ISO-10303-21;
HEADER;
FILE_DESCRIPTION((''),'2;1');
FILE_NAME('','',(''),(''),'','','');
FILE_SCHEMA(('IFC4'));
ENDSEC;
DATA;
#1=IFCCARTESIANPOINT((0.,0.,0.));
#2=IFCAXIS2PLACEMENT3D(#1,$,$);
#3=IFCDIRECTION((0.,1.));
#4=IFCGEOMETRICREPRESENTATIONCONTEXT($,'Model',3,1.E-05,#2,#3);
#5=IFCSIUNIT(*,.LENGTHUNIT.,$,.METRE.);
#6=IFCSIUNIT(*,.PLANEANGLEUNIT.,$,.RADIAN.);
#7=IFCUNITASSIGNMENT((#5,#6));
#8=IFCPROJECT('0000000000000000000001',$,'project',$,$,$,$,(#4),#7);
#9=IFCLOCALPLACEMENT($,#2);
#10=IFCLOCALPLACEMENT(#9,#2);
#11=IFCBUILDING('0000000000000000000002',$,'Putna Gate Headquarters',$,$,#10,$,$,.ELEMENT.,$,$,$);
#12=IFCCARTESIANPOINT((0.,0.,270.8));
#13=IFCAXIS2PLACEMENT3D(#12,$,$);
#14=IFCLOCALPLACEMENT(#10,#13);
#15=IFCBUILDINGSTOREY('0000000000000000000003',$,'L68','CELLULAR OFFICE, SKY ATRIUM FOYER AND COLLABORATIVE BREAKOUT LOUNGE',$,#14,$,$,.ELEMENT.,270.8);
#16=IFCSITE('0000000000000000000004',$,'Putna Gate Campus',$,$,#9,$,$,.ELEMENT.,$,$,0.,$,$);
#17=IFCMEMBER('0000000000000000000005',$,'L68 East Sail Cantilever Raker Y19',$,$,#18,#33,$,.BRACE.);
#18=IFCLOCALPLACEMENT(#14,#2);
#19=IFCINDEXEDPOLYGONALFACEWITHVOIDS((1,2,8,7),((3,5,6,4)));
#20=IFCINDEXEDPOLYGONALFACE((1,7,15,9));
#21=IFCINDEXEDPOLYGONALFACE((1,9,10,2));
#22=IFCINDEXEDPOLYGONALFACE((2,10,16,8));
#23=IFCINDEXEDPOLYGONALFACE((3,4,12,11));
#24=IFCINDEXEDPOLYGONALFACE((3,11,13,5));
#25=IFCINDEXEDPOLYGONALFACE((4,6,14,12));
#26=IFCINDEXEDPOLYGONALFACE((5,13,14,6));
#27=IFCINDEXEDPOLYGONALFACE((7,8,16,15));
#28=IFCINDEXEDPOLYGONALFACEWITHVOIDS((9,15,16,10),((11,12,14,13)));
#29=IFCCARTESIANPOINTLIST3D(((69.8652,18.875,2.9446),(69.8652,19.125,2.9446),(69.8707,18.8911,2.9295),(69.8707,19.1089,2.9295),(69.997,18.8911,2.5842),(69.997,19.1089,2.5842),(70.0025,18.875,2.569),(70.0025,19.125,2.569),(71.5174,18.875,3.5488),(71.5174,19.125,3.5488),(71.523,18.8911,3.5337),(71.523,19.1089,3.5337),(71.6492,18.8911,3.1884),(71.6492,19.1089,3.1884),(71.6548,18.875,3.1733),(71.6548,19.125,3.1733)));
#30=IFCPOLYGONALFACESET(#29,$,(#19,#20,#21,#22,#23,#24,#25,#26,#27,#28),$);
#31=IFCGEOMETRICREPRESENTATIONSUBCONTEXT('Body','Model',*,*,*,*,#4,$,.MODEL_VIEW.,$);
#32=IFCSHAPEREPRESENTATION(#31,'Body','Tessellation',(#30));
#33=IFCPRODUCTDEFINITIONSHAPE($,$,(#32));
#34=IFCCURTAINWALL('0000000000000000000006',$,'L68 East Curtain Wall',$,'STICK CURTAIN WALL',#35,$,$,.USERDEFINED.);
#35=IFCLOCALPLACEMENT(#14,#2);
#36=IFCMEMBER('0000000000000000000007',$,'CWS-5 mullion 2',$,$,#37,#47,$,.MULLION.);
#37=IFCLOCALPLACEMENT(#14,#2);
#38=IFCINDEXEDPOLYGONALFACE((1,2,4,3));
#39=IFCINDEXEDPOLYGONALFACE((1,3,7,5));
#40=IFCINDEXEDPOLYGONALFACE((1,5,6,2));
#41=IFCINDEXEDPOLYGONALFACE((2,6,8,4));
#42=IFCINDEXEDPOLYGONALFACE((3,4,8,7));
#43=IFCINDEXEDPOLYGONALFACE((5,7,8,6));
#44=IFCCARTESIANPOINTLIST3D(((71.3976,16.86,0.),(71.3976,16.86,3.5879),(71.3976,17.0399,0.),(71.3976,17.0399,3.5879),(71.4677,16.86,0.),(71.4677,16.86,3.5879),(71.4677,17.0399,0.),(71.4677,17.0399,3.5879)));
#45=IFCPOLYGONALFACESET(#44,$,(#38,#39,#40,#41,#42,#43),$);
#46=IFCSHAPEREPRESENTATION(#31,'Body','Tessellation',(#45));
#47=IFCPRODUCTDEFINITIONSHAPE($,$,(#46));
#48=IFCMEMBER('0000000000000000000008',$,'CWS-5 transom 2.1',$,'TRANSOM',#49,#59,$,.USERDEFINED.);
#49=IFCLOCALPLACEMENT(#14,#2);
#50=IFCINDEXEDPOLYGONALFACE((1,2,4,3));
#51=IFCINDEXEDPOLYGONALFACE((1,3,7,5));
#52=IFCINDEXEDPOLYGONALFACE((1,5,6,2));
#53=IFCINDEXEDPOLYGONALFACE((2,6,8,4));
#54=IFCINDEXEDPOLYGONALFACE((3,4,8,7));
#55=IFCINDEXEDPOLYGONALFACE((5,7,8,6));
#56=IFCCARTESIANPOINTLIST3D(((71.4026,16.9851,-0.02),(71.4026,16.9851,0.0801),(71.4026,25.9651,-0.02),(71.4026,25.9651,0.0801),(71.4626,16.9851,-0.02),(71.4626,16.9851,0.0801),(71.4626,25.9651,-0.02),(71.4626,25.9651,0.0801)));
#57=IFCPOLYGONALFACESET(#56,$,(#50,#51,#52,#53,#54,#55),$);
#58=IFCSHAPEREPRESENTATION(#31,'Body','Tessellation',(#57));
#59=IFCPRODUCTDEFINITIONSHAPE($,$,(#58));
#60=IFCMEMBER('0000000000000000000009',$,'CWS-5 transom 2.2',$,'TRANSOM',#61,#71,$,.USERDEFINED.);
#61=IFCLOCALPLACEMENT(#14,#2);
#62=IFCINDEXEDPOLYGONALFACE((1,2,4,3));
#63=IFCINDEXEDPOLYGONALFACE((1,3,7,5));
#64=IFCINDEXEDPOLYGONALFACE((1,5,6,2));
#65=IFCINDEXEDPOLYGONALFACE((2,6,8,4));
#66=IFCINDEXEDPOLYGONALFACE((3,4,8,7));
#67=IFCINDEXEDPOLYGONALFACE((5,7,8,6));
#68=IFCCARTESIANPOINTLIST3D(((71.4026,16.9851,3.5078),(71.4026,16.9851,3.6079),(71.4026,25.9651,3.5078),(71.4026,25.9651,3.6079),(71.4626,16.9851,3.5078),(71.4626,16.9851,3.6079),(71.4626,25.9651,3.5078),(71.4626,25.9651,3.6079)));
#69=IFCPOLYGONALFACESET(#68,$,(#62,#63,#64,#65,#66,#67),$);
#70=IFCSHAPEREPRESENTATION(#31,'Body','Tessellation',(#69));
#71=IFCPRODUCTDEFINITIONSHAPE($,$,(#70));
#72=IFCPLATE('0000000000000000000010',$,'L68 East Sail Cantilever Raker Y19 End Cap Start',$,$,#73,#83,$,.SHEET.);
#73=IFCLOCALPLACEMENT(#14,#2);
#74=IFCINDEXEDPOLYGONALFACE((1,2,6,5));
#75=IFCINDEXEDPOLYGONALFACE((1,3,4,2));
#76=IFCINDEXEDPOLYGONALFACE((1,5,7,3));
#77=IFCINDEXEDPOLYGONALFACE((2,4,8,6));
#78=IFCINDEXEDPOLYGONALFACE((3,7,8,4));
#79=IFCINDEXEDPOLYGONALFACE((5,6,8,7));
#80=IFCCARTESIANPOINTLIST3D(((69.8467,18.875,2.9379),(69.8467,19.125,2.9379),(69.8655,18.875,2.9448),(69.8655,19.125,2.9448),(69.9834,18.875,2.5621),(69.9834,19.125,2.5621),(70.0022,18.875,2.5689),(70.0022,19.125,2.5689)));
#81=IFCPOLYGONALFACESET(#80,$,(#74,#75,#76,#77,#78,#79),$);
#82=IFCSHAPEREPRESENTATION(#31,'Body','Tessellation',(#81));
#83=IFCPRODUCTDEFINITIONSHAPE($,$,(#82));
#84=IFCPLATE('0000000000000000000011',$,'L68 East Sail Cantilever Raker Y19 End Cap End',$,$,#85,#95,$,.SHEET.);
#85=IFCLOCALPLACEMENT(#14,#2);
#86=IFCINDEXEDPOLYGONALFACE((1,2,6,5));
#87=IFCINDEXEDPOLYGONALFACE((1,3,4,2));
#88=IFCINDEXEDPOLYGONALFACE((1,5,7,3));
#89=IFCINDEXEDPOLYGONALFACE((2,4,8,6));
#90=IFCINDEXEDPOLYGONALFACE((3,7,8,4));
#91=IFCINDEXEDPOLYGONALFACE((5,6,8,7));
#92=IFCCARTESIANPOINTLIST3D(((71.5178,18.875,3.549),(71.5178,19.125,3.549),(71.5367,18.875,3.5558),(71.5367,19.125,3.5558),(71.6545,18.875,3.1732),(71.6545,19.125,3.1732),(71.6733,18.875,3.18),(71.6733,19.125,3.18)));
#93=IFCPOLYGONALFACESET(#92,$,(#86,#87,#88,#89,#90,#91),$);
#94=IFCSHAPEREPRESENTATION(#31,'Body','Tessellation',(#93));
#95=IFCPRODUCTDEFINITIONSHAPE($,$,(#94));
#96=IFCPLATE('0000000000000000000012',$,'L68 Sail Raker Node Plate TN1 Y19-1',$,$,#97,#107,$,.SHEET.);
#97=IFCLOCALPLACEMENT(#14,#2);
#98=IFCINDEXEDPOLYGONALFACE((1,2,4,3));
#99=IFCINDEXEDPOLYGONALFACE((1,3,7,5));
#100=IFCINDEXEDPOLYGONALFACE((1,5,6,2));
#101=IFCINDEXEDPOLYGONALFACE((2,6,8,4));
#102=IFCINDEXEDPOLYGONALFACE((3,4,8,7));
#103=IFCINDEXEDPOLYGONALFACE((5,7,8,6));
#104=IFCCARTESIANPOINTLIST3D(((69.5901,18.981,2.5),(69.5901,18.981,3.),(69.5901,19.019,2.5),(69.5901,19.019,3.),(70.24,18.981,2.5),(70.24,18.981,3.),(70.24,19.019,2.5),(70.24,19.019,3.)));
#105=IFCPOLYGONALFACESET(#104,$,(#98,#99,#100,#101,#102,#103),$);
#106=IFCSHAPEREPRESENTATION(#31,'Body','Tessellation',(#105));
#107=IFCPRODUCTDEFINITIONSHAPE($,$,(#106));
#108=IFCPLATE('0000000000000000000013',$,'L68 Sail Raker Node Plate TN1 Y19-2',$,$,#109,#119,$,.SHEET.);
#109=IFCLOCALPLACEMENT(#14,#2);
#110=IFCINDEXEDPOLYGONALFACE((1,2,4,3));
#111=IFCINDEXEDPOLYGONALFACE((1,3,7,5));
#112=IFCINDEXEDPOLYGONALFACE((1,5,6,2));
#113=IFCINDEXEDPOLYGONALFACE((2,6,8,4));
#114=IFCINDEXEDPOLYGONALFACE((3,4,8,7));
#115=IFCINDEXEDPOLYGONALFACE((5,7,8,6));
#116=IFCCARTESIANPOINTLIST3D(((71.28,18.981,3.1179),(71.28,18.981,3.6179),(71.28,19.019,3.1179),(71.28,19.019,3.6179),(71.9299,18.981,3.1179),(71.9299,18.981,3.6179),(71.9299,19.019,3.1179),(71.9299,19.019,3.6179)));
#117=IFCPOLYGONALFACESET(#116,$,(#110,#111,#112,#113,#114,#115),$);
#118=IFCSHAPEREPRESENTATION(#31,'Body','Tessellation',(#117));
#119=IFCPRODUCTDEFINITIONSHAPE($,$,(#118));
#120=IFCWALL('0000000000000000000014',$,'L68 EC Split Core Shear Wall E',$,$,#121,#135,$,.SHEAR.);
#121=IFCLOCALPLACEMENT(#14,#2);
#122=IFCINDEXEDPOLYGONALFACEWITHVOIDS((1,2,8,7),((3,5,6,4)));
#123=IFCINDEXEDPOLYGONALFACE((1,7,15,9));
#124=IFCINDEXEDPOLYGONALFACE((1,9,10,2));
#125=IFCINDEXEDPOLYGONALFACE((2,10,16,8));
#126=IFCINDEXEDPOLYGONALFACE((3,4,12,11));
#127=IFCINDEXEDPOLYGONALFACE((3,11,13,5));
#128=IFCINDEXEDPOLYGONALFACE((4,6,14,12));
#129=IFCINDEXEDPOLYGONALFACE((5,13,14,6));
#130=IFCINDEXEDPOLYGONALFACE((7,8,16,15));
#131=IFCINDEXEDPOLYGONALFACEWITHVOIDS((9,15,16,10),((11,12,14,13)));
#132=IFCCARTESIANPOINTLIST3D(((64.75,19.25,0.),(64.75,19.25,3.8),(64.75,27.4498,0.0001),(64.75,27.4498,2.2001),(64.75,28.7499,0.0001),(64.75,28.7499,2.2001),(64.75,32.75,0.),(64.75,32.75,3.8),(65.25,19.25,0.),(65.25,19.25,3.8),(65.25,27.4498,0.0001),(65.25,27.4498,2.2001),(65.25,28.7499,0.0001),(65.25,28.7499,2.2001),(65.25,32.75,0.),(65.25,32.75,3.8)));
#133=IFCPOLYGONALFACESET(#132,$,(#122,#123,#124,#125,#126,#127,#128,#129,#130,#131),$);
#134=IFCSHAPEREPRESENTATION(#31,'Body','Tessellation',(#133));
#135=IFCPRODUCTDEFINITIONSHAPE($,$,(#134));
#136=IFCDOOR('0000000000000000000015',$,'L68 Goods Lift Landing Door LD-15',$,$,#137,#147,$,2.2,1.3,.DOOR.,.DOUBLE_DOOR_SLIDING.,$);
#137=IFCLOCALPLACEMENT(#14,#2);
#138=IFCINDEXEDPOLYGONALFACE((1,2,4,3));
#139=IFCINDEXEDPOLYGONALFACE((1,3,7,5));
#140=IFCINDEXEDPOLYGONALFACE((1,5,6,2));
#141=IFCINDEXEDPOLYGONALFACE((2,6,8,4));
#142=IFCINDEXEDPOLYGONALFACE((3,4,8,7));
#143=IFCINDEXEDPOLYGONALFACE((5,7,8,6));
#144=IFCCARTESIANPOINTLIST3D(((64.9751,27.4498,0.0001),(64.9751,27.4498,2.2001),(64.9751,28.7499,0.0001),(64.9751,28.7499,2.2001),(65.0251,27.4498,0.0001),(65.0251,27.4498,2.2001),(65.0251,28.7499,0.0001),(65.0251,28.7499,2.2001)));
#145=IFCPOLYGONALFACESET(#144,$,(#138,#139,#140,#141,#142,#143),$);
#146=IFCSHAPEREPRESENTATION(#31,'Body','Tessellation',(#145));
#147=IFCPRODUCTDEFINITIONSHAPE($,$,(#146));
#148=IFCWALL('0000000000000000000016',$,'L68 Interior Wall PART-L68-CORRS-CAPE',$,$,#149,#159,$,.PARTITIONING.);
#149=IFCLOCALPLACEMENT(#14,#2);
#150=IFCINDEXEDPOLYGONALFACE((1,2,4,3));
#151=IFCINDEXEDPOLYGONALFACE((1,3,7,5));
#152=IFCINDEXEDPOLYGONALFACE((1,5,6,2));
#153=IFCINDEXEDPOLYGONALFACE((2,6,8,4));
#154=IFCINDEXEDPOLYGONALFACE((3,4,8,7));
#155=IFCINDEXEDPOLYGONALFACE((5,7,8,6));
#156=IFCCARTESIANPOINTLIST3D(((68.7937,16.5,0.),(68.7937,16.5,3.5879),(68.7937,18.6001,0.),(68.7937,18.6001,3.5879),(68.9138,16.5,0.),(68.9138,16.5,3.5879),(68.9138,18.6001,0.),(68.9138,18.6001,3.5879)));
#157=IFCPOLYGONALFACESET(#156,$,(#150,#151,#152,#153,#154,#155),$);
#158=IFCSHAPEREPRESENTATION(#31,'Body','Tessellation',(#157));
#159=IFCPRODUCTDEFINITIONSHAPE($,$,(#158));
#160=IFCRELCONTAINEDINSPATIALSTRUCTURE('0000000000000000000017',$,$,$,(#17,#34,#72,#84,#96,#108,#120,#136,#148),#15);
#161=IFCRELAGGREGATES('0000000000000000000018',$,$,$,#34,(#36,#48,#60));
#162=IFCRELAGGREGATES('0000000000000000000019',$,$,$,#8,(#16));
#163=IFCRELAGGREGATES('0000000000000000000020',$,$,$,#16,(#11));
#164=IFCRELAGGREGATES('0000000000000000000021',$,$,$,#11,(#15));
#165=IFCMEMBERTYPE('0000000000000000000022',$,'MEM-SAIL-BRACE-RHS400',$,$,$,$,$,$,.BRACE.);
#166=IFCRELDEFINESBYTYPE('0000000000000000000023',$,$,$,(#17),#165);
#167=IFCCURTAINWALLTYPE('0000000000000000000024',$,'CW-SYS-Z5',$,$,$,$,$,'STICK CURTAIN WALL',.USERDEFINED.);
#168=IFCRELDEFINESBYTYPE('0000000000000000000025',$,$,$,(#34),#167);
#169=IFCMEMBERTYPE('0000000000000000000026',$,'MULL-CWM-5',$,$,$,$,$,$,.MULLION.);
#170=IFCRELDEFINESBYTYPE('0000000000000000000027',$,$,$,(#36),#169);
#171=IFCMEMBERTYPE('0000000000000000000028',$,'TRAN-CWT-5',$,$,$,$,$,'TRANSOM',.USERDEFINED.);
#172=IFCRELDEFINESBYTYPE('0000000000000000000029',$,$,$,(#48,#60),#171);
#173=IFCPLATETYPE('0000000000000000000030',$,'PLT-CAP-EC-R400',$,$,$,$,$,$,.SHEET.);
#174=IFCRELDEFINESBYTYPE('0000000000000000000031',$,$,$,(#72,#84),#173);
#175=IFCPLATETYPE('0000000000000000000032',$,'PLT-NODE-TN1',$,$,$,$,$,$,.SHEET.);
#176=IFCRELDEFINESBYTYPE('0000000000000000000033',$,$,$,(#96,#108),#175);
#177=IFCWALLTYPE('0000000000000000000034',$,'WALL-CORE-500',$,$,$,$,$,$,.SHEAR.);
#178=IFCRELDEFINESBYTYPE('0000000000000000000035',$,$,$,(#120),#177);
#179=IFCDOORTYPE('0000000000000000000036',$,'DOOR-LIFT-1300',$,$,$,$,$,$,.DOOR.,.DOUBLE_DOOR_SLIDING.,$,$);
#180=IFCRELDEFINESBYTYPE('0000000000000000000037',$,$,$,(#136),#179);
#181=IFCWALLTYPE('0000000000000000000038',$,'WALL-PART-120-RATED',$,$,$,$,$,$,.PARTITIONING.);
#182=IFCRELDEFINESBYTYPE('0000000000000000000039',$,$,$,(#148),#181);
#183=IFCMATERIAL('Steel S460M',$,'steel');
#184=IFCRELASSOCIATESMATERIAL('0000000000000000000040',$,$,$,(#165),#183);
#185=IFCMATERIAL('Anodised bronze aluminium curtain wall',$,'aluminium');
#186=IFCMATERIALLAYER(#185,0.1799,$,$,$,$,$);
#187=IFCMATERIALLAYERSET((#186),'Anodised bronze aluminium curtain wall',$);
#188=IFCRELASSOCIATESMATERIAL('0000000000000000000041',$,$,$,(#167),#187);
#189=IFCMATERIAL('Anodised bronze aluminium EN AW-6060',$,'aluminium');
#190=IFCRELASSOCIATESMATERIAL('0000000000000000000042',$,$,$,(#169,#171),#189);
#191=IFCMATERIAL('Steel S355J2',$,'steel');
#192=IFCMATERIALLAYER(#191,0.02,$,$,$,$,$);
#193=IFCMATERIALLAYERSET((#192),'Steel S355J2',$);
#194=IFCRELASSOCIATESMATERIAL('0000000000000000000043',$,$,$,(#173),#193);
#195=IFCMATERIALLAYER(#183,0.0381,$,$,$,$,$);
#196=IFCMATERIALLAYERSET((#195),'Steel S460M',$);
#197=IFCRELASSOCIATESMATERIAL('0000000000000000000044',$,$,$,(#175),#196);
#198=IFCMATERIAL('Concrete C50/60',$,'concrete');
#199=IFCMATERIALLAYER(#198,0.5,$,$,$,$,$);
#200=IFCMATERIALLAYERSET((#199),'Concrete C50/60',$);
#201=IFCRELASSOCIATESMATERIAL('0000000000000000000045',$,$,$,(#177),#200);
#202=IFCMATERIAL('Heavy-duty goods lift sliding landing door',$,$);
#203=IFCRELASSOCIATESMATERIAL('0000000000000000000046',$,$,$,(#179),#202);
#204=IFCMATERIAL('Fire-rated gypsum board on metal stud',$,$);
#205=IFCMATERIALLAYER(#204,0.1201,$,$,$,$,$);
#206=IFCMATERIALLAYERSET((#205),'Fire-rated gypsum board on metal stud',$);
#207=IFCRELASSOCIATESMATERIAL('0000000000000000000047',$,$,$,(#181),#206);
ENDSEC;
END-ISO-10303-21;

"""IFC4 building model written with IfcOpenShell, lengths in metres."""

from ifc_helpers import new_model, si_unit, direction, frame, frame_2d, origin, origin_2d, place, context, subcontext, project, spatial, rectangle, hollow_rectangle, extrude, material, layer, layer_set, material_profile, profile_set, type_object, element, fill, aggregate, save


model = new_model("IFC4")

# Units and contexts
model_context = context("Model", 3, precision=1e-05, world=origin(), true_north=direction((0.0, 1.0)))
body_context = subcontext(model_context, "Body", "Model", "MODEL_VIEW")
ifc_project = project(units=[si_unit("LENGTHUNIT", "METRE"), si_unit("PLANEANGLEUNIT", "RADIAN")], contexts=[model_context])

# Site, building, storey
site_placement = place(None, origin())
site = spatial("IfcSite", under=ifc_project, at=site_placement, Name="Putna Gate Campus", CompositionType="ELEMENT", RefElevation=0.0)
building_placement = place(site_placement, origin())
building = spatial("IfcBuilding", under=site, at=building_placement, Name="Putna Gate Headquarters", CompositionType="ELEMENT")
storey_placement = place(building_placement, frame((0.0, 0.0, 270.8)))
storey = spatial("IfcBuildingStorey", under=building, at=storey_placement, Name="L68", Description="CELLULAR OFFICE, SKY ATRIUM FOYER AND COLLABORATIVE BREAKOUT LOUNGE", CompositionType="ELEMENT", Elevation=270.8)

# Shared definitions
ifc_material_1 = material(Name="Steel S460M", Category="steel")

# Shared definitions
ifc_material_2 = material(Name="Steel S355J2", Category="steel")

# Member
ifc_material_profile_1 = material_profile(ifc_material_1, hollow_rectangle(XDim=0.25, YDim=0.3999, WallThickness=0.0161, at=origin_2d()), Name="Steel S460M")
ifc_profile_set_1 = profile_set([ifc_material_profile_1], Name="Steel S460M")
member_type_1 = type_object("IfcMemberType", Name="MEM-SAIL-BRACE-RHS400", PredefinedType="BRACE", material=ifc_profile_set_1)
member_1_placement = place(storey_placement, frame((69.9338, 19.0, 2.7568), z_axis=(0.939172, 0.0, 0.343447), x_axis=(0.0, 1.0, 0.0)))
element("IfcMember", 1, at=member_1_placement, inside=storey, type_object=member_type_1, Name="L68 East Sail Cantilever Raker Y19", PredefinedType="BRACE", context=body_context, shape_type="SweptSolid", body=[
    extrude(hollow_rectangle(XDim=0.25, YDim=0.3999, WallThickness=0.0161, at=origin_2d()), origin(), (0.0, 0.0, 1.0), 1.7593),
])

# Curtain wall, members
ifc_material_3 = material(Name="Anodised bronze aluminium curtain wall", Category="aluminium")
ifc_layer_1 = layer(ifc_material_3, 0.1799)
ifc_layer_set_1 = layer_set([ifc_layer_1], Name="Anodised bronze aluminium curtain wall")
curtain_wall_type = type_object("IfcCurtainWallType", Name="CW-SYS-Z5", ElementType="STICK CURTAIN WALL", PredefinedType="USERDEFINED", material=ifc_layer_set_1)
curtain_wall_placement = place(storey_placement, origin())
curtain_wall = element("IfcCurtainWall", 2, at=curtain_wall_placement, inside=storey, type_object=curtain_wall_type, Name="L68 East Curtain Wall", ObjectType="STICK CURTAIN WALL", PredefinedType="USERDEFINED")
ifc_material_4 = material(Name="Anodised bronze aluminium EN AW-6060", Category="aluminium")
ifc_material_profile_2 = material_profile(ifc_material_4, rectangle(XDim=0.0701, YDim=0.1799, at=origin_2d()), Name="Anodised bronze aluminium EN AW-6060")
ifc_profile_set_2 = profile_set([ifc_material_profile_2], Name="Anodised bronze aluminium EN AW-6060")
member_type_2 = type_object("IfcMemberType", Name="MULL-CWM-5", PredefinedType="MULLION", material=ifc_profile_set_2)
member_2_placement = place(storey_placement, frame((71.4326, 16.95, 0.0), z_axis=(0.0, 0.0, 1.0), x_axis=(-1.0, 0.0, 0.0)))
member_2 = element("IfcMember", 3, at=member_2_placement, type_object=member_type_2, Name="CWS-5 mullion 2", PredefinedType="MULLION", context=body_context, shape_type="SweptSolid", body=[
    extrude(rectangle(XDim=0.0701, YDim=0.1799, at=origin_2d()), origin(), (0.0, 0.0, 1.0), 3.5879),
])
ifc_material_profile_3 = material_profile(ifc_material_4, rectangle(XDim=0.0601, YDim=0.1001, at=origin_2d()), Name="Anodised bronze aluminium EN AW-6060")
ifc_profile_set_3 = profile_set([ifc_material_profile_3], Name="Anodised bronze aluminium EN AW-6060")
member_type_3 = type_object("IfcMemberType", Name="TRAN-CWT-5", ElementType="TRANSOM", PredefinedType="USERDEFINED", material=ifc_profile_set_3)
member_3_placement = place(storey_placement, frame((71.4326, 16.9851, 0.03), z_axis=(0.0, 1.0, 0.0), x_axis=(-1.0, 0.0, 0.0)))
member_3 = element("IfcMember", 4, at=member_3_placement, type_object=member_type_3, Name="CWS-5 transom 2.1", ObjectType="TRANSOM", PredefinedType="USERDEFINED", context=body_context, shape_type="SweptSolid", body=[
    extrude(rectangle(XDim=0.0601, YDim=0.1001, at=origin_2d()), origin(), (0.0, 0.0, 1.0), 8.98),
])
member_4_placement = place(storey_placement, frame((71.4326, 16.9851, 3.5579), z_axis=(0.0, 1.0, 0.0), x_axis=(-1.0, 0.0, 0.0)))
member_4 = element("IfcMember", 5, at=member_4_placement, type_object=member_type_3, Name="CWS-5 transom 2.2", ObjectType="TRANSOM", PredefinedType="USERDEFINED", context=body_context, shape_type="SweptSolid", body=[
    extrude(rectangle(XDim=0.0601, YDim=0.1001, at=origin_2d()), origin(), (0.0, 0.0, 1.0), 8.98),
])
aggregate(curtain_wall, [member_2, member_3, member_4])

# Plates
ifc_layer_2 = layer(ifc_material_2, 0.02)
ifc_layer_set_2 = layer_set([ifc_layer_2], Name="Steel S355J2")
plate_type_1 = type_object("IfcPlateType", Name="PLT-CAP-EC-R400", PredefinedType="SHEET", material=ifc_layer_set_2)
for number, where, z_axis, x_axis, name in (
    (6, (69.915, 19.0, 2.75), (0.939793, 0.0, 0.341743), (0.0, 1.0, 0.0), "L68 East Sail Cantilever Raker Y19 End Cap Start"),
    (7, (71.5862, 19.0, 3.3611), (0.939793, 0.0, 0.341743), (0.0, 1.0, 0.0), "L68 East Sail Cantilever Raker Y19 End Cap End"),
):
    element("IfcPlate", number, at=place(storey_placement, frame(where, z_axis=z_axis, x_axis=x_axis)), inside=storey, type_object=plate_type_1, Name=name, PredefinedType="SHEET", context=body_context, shape_type="SweptSolid", body=[
        extrude(rectangle(XDim=0.25, YDim=0.3999, at=origin_2d()), origin(), (0.0, 0.0, 1.0), 0.02),
    ])
ifc_layer_3 = layer(ifc_material_1, 0.0381)
ifc_layer_set_3 = layer_set([ifc_layer_3], Name="Steel S460M")
plate_type_2 = type_object("IfcPlateType", Name="PLT-NODE-TN1", PredefinedType="SHEET", material=ifc_layer_set_3)
for number, where, z_axis, x_axis, name in (
    (8, (69.915, 19.0, 2.5), (0.0, 0.0, 1.0), (1.0, 0.0, 0.0), "L68 Sail Raker Node Plate TN1 Y19-1"),
    (9, (71.605, 19.0, 3.1179), (0.0, 0.0, 1.0), (1.0, 0.0, 0.0), "L68 Sail Raker Node Plate TN1 Y19-2"),
):
    element("IfcPlate", number, at=place(storey_placement, frame(where, z_axis=z_axis, x_axis=x_axis)), inside=storey, type_object=plate_type_2, Name=name, PredefinedType="SHEET", context=body_context, shape_type="SweptSolid", body=[
        extrude(rectangle(XDim=0.6499, YDim=0.0381, at=origin_2d()), origin(), (0.0, 0.0, 1.0), 0.5),
    ])

# Wall, opening, door
ifc_material_5 = material(Name="Concrete C50/60", Category="concrete")
ifc_layer_4 = layer(ifc_material_5, 0.5)
ifc_layer_set_4 = layer_set([ifc_layer_4], Name="Concrete C50/60")
wall_type_1 = type_object("IfcWallType", Name="WALL-CORE-500", PredefinedType="SHEAR", material=ifc_layer_set_4)
wall_1_placement = place(storey_placement, frame((65.0, 19.25, 0.0), z_axis=(0.0, 0.0, 1.0), x_axis=(0.0, 1.0, 0.0)))
wall_1 = element("IfcWall", 10, at=wall_1_placement, inside=storey, type_object=wall_type_1, Name="L68 EC Split Core Shear Wall E", PredefinedType="SHEAR", context=body_context, shape_type="SweptSolid", body=[
    extrude(rectangle(XDim=13.5, YDim=0.5, at=frame_2d((6.75, 0.0))), origin(), (0.0, 0.0, 1.0), 3.8),
])
opening_1_placement = place(wall_1_placement, frame((8.2, 0.0, 0.0)))
opening_1 = element("IfcOpeningElement", 11, at=opening_1_placement, cuts=wall_1, PredefinedType="OPENING", context=body_context, shape_type="SweptSolid", body=[
    extrude(rectangle(XDim=1.3, YDim=2.2, at=frame_2d((0.6499, 1.1001))), frame((0.0, 0.26, 0.0), z_axis=(0.0, -1.0, 0.0), x_axis=(1.0, 0.0, 0.0)), (0.0, 0.0, 1.0), 0.52),
])
ifc_material_6 = material(Name="Heavy-duty goods lift sliding landing door")
door_type_1 = type_object("IfcDoorType", Name="DOOR-LIFT-1300", OperationType="DOUBLE_DOOR_SLIDING", PredefinedType="DOOR", material=ifc_material_6)
door_1_placement = place(opening_1_placement, origin())
door_1 = element("IfcDoor", 12, at=door_1_placement, inside=storey, type_object=door_type_1, Name="L68 Goods Lift Landing Door LD-15", OperationType="DOUBLE_DOOR_SLIDING", OverallHeight=2.2, OverallWidth=1.3, PredefinedType="DOOR", context=body_context, shape_type="SweptSolid", body=[
    extrude(rectangle(XDim=1.3, YDim=2.2, at=frame_2d((0.6499, 1.1001))), frame((0.0, 0.0249, 0.0), z_axis=(0.0, -1.0, 0.0), x_axis=(1.0, 0.0, 0.0)), (0.0, 0.0, 1.0), 0.05),
])
fill(opening_1, door_1)

# Wall
ifc_material_7 = material(Name="Fire-rated gypsum board on metal stud")
ifc_layer_5 = layer(ifc_material_7, 0.1201)
ifc_layer_set_5 = layer_set([ifc_layer_5], Name="Fire-rated gypsum board on metal stud")
wall_type_2 = type_object("IfcWallType", Name="WALL-PART-120-RATED", PredefinedType="PARTITIONING", material=ifc_layer_set_5)
wall_2_placement = place(storey_placement, frame((68.8538, 16.5, 0.0), z_axis=(0.0, 0.0, 1.0), x_axis=(0.0, 1.0, 0.0)))
element("IfcWall", 13, at=wall_2_placement, inside=storey, type_object=wall_type_2, Name="L68 Interior Wall PART-L68-CORRS-CAPE", PredefinedType="PARTITIONING", context=body_context, shape_type="SweptSolid", body=[
    extrude(rectangle(XDim=2.1001, YDim=0.1201, at=frame_2d((1.05, 0.0))), origin(), (0.0, 0.0, 1.0), 3.5879),
])

save(model, "model.ifc")
